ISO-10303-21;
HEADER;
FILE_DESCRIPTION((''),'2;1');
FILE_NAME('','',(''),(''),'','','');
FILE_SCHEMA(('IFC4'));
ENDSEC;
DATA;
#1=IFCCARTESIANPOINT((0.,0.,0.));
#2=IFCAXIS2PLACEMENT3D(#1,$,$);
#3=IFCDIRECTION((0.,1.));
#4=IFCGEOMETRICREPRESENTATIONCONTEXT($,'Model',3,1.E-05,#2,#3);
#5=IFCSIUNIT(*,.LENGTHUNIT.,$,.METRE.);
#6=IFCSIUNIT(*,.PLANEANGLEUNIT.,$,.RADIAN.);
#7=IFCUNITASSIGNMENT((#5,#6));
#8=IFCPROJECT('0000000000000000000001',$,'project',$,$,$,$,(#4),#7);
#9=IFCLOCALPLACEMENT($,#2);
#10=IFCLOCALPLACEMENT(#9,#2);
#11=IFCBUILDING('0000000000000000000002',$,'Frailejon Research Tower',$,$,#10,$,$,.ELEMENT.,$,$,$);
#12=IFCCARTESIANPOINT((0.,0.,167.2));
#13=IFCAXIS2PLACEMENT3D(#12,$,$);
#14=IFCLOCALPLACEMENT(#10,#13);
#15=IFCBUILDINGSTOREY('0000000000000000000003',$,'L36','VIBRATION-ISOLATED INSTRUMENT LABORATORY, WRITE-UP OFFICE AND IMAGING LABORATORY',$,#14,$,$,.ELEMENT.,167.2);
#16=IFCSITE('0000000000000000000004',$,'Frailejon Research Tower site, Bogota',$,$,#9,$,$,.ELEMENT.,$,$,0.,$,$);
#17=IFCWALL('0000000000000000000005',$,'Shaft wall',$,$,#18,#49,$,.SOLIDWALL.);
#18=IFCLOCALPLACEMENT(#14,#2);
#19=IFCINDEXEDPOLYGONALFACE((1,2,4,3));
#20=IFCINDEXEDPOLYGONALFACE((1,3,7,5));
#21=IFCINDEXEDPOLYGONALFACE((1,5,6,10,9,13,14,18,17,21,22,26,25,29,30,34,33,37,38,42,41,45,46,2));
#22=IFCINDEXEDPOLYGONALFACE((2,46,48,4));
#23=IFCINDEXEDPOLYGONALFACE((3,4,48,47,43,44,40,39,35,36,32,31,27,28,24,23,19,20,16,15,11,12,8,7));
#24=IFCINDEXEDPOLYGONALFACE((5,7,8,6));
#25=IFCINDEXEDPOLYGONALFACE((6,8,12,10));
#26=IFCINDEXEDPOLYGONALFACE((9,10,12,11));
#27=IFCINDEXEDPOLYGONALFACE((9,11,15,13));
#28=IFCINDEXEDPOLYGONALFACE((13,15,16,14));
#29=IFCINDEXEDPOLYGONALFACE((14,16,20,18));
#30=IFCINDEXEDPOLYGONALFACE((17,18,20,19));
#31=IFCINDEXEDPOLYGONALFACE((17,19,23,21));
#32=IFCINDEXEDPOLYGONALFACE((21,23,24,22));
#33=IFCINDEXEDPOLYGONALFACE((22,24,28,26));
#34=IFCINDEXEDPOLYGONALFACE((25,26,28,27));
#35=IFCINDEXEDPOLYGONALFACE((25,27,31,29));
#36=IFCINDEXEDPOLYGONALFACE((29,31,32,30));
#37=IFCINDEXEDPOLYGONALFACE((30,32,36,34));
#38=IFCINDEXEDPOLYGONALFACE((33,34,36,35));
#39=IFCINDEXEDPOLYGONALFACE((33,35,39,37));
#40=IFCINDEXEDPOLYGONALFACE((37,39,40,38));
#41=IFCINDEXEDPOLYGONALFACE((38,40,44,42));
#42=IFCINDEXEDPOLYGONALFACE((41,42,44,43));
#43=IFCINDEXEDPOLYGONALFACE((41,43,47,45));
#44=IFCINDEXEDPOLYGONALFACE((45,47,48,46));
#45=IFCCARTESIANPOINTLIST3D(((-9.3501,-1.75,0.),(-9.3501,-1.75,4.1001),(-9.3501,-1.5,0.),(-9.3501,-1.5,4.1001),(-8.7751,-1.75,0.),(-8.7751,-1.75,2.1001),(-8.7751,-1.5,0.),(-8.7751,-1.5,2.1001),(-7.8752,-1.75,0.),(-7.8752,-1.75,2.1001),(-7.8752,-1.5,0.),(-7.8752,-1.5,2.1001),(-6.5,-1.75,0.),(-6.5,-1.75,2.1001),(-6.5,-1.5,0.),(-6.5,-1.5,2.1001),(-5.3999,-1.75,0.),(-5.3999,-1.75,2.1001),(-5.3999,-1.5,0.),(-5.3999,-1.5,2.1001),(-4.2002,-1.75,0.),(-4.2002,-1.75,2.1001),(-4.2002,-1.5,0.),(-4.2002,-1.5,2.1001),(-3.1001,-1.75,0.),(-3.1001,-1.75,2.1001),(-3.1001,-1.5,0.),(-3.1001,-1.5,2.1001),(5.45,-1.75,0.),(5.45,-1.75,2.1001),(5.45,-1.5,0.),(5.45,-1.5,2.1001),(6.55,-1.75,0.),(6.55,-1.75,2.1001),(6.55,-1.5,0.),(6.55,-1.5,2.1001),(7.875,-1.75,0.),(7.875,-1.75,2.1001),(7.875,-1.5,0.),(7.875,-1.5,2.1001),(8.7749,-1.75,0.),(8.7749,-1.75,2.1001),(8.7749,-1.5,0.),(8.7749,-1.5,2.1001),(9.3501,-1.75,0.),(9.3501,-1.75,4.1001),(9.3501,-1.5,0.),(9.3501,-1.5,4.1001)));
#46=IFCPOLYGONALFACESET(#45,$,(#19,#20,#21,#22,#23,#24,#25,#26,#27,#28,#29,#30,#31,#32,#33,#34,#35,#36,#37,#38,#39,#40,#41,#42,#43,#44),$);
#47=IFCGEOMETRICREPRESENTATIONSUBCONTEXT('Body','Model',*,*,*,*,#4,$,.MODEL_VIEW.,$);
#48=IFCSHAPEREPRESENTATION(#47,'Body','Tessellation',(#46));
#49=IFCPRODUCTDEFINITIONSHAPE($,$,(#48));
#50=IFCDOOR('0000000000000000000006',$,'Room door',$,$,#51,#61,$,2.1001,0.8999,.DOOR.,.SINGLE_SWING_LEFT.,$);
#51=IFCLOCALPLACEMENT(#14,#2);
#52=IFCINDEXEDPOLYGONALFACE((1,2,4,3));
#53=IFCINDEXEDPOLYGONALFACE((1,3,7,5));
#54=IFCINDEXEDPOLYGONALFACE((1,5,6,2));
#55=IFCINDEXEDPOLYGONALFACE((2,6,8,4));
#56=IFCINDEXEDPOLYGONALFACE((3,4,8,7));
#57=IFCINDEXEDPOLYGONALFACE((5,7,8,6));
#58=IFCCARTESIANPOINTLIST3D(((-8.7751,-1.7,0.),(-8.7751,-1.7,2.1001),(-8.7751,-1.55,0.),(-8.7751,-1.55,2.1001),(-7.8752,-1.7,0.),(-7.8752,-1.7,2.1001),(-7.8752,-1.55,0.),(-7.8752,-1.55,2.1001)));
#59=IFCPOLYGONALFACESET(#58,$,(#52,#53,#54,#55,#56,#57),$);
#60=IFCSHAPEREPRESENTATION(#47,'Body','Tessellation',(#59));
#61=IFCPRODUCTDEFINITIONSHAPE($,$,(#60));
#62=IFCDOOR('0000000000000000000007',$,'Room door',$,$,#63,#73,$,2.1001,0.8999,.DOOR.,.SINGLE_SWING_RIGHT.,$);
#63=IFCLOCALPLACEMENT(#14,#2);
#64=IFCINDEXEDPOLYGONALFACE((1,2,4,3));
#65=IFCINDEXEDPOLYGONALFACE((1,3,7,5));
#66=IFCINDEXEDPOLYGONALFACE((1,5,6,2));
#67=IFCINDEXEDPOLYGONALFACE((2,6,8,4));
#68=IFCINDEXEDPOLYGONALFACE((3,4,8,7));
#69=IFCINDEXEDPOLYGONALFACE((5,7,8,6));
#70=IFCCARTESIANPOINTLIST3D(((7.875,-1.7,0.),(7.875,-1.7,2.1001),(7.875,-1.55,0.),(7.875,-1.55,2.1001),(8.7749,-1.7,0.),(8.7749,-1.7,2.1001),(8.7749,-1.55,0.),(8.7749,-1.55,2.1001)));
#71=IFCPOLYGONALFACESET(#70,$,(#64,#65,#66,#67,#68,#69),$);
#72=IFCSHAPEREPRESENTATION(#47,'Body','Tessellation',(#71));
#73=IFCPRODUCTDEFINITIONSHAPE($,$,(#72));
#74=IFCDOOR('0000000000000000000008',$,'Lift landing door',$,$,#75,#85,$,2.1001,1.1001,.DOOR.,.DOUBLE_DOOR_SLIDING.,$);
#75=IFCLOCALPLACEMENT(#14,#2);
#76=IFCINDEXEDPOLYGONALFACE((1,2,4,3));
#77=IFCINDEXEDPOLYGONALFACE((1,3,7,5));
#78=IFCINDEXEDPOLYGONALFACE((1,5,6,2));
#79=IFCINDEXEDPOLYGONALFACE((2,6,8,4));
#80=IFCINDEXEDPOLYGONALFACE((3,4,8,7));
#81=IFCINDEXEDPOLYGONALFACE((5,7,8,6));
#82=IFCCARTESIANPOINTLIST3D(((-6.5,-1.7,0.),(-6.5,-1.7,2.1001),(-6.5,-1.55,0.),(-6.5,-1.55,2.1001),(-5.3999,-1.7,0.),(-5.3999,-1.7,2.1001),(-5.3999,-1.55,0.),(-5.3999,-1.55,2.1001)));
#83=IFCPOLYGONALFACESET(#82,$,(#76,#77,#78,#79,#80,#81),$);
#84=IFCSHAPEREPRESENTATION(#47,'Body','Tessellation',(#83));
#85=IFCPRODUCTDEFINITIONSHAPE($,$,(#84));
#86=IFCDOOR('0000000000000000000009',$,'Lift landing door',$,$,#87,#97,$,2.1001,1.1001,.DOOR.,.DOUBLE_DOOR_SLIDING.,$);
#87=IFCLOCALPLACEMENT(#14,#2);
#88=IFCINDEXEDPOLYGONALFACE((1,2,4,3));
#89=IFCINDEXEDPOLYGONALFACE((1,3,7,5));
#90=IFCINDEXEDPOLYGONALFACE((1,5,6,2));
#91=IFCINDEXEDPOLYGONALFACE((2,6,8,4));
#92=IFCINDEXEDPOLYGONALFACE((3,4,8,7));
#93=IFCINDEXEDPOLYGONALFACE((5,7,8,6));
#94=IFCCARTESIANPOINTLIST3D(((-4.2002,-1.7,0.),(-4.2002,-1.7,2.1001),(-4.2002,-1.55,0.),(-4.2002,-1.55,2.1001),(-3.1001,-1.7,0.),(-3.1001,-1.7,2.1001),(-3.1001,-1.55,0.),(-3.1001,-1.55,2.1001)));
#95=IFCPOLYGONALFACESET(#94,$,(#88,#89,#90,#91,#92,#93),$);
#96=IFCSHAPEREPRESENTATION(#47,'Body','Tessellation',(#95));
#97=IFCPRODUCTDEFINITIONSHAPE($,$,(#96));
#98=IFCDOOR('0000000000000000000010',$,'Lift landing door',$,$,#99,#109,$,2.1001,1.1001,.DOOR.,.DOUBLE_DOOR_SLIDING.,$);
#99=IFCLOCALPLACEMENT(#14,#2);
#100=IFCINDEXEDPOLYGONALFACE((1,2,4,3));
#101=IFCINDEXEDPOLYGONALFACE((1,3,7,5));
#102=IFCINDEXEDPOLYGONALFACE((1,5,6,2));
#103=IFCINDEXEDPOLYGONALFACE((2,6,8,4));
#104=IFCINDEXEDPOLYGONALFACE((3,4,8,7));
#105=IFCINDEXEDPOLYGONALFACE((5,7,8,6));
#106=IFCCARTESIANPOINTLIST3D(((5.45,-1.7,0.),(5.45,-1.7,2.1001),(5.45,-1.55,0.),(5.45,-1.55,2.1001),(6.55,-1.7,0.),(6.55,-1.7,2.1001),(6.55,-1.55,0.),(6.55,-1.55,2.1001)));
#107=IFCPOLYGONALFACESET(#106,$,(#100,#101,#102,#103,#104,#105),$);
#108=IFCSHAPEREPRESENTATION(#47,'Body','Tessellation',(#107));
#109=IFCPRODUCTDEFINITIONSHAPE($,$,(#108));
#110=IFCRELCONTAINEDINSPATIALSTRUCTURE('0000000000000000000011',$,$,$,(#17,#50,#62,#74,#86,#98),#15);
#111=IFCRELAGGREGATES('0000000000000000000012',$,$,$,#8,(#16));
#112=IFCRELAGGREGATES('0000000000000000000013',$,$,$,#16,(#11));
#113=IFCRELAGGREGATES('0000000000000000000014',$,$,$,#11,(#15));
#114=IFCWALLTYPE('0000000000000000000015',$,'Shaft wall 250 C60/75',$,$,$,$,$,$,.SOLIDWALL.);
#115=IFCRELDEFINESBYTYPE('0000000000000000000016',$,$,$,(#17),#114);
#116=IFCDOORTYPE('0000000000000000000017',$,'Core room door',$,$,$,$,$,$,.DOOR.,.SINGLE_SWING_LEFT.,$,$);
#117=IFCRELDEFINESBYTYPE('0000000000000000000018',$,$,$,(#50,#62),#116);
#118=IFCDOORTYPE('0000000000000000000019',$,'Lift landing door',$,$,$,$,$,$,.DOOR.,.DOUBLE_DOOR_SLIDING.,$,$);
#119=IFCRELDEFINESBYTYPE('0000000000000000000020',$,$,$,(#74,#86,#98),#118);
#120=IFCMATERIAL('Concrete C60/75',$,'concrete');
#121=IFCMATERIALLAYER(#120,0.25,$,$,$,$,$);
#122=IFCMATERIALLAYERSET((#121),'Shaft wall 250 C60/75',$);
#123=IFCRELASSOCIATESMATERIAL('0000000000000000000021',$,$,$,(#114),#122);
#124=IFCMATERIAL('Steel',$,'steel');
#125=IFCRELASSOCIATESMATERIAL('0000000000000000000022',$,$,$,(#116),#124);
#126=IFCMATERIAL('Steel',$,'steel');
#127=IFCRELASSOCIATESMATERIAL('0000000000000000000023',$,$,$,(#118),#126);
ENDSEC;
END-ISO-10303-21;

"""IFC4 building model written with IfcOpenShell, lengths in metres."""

from ifc_helpers import new_model, si_unit, direction, frame, frame_2d, origin, place, context, subcontext, project, spatial, rectangle, extrude, material, layer, layer_set, type_object, element, fill, save


model = new_model("IFC4")

# Units and contexts
model_context = context("Model", 3, precision=1e-05, world=origin(), true_north=direction((0.0, 1.0)))
body_context = subcontext(model_context, "Body", "Model", "MODEL_VIEW")
ifc_project = project(units=[si_unit("LENGTHUNIT", "METRE"), si_unit("PLANEANGLEUNIT", "RADIAN")], contexts=[model_context])

# Site, building, storey
site_placement = place(None, origin())
site = spatial("IfcSite", under=ifc_project, at=site_placement, Name="Frailejon Research Tower site, Bogota", CompositionType="ELEMENT", RefElevation=0.0)
building_placement = place(site_placement, origin())
building = spatial("IfcBuilding", under=site, at=building_placement, Name="Frailejon Research Tower", CompositionType="ELEMENT")
storey_placement = place(building_placement, frame((0.0, 0.0, 167.2)))
storey = spatial("IfcBuildingStorey", under=building, at=storey_placement, Name="L36", Description="VIBRATION-ISOLATED INSTRUMENT LABORATORY, WRITE-UP OFFICE AND IMAGING LABORATORY", CompositionType="ELEMENT", Elevation=167.2)

# Shared definitions
ifc_material_1 = material(Name="Concrete C60/75", Category="concrete")
ifc_layer_1 = layer(ifc_material_1, 0.25)
ifc_layer_set_1 = layer_set([ifc_layer_1], Name="Shaft wall 250 C60/75")
wall_type_1 = type_object("IfcWallType", Name="Shaft wall 250 C60/75", PredefinedType="SOLIDWALL", material=ifc_layer_set_1)
ifc_material_2 = material(Name="Steel", Category="steel")
door_type_1 = type_object("IfcDoorType", Name="Core room door", OperationType="SINGLE_SWING_LEFT", PredefinedType="DOOR", material=ifc_material_2)

# Wall, openings, doors
wall_1_placement = place(storey_placement, frame((-9.3501, -1.625, 0.0), z_axis=(0.0, 0.0, 1.0), x_axis=(1.0, 0.0, 0.0)))
wall_1 = element("IfcWall", 1, at=wall_1_placement, inside=storey, type_object=wall_type_1, Name="Shaft wall", PredefinedType="SOLIDWALL", context=body_context, shape_type="SweptSolid", body=[
    extrude(rectangle(XDim=18.7002, YDim=0.25, at=frame_2d((9.3501, 0.0))), origin(), (0.0, 0.0, 1.0), 4.1001),
])
opening_1_placement = place(wall_1_placement, frame((2.8501, 0.0, 0.0)))
opening_1 = element("IfcOpeningElement", 2, at=opening_1_placement, cuts=wall_1, PredefinedType="OPENING", context=body_context, shape_type="SweptSolid", body=[
    extrude(rectangle(XDim=1.1001, YDim=2.1001, at=frame_2d((0.55, 1.05))), frame((0.0, 0.135, 0.0), z_axis=(0.0, -1.0, 0.0), x_axis=(1.0, 0.0, 0.0)), (0.0, 0.0, 1.0), 0.27),
])
opening_2_placement = place(wall_1_placement, frame((5.1499, 0.0, 0.0)))
opening_2 = element("IfcOpeningElement", 3, at=opening_2_placement, cuts=wall_1, PredefinedType="OPENING", context=body_context, shape_type="SweptSolid", body=[
    extrude(rectangle(XDim=1.1001, YDim=2.1001, at=frame_2d((0.55, 1.05))), frame((0.0, 0.135, 0.0), z_axis=(0.0, -1.0, 0.0), x_axis=(1.0, 0.0, 0.0)), (0.0, 0.0, 1.0), 0.27),
])
opening_3_placement = place(wall_1_placement, frame((14.8, 0.0, 0.0)))
opening_3 = element("IfcOpeningElement", 4, at=opening_3_placement, cuts=wall_1, PredefinedType="OPENING", context=body_context, shape_type="SweptSolid", body=[
    extrude(rectangle(XDim=1.1001, YDim=2.1001, at=frame_2d((0.55, 1.05))), frame((0.0, 0.135, 0.0), z_axis=(0.0, -1.0, 0.0), x_axis=(1.0, 0.0, 0.0)), (0.0, 0.0, 1.0), 0.27),
])
opening_4_placement = place(wall_1_placement, frame((0.575, 0.0, 0.0)))
opening_4 = element("IfcOpeningElement", 5, at=opening_4_placement, cuts=wall_1, PredefinedType="OPENING", context=body_context, shape_type="SweptSolid", body=[
    extrude(rectangle(XDim=0.8999, YDim=2.1001, at=frame_2d((0.45, 1.05))), frame((0.0, 0.135, 0.0), z_axis=(0.0, -1.0, 0.0), x_axis=(1.0, 0.0, 0.0)), (0.0, 0.0, 1.0), 0.27),
])
opening_5_placement = place(wall_1_placement, frame((17.2251, 0.0, 0.0)))
opening_5 = element("IfcOpeningElement", 6, at=opening_5_placement, cuts=wall_1, PredefinedType="OPENING", context=body_context, shape_type="SweptSolid", body=[
    extrude(rectangle(XDim=0.8999, YDim=2.1001, at=frame_2d((0.45, 1.05))), frame((0.0, 0.135, 0.0), z_axis=(0.0, -1.0, 0.0), x_axis=(1.0, 0.0, 0.0)), (0.0, 0.0, 1.0), 0.27),
])
door_1_placement = place(opening_4_placement, origin())
door_1 = element("IfcDoor", 7, at=door_1_placement, inside=storey, type_object=door_type_1, Name="Room door", OperationType="SINGLE_SWING_LEFT", OverallHeight=2.1001, OverallWidth=0.8999, PredefinedType="DOOR", context=body_context, shape_type="SweptSolid", body=[
    extrude(rectangle(XDim=0.8999, YDim=2.1001, at=frame_2d((0.45, 1.05))), frame((0.0, 0.075, 0.0), z_axis=(0.0, -1.0, 0.0), x_axis=(1.0, 0.0, 0.0)), (0.0, 0.0, 1.0), 0.1499),
])
fill(opening_4, door_1)
door_2_placement = place(opening_5_placement, origin())
door_2 = element("IfcDoor", 8, at=door_2_placement, inside=storey, type_object=door_type_1, Name="Room door", OperationType="SINGLE_SWING_RIGHT", OverallHeight=2.1001, OverallWidth=0.8999, PredefinedType="DOOR", context=body_context, shape_type="SweptSolid", body=[
    extrude(rectangle(XDim=0.8999, YDim=2.1001, at=frame_2d((0.45, 1.05))), frame((0.0, 0.075, 0.0), z_axis=(0.0, -1.0, 0.0), x_axis=(1.0, 0.0, 0.0)), (0.0, 0.0, 1.0), 0.1499),
])
fill(opening_5, door_2)
ifc_material_3 = material(Name="Steel", Category="steel")
door_type_2 = type_object("IfcDoorType", Name="Lift landing door", OperationType="DOUBLE_DOOR_SLIDING", PredefinedType="DOOR", material=ifc_material_3)
door_3_placement = place(opening_1_placement, origin())
door_3 = element("IfcDoor", 9, at=door_3_placement, inside=storey, type_object=door_type_2, Name="Lift landing door", OperationType="DOUBLE_DOOR_SLIDING", OverallHeight=2.1001, OverallWidth=1.1001, PredefinedType="DOOR", context=body_context, shape_type="SweptSolid", body=[
    extrude(rectangle(XDim=1.1001, YDim=2.1001, at=frame_2d((0.55, 1.05))), frame((0.0, 0.075, 0.0), z_axis=(0.0, -1.0, 0.0), x_axis=(1.0, 0.0, 0.0)), (0.0, 0.0, 1.0), 0.1499),
])
fill(opening_1, door_3)
door_4_placement = place(opening_2_placement, origin())
door_4 = element("IfcDoor", 10, at=door_4_placement, inside=storey, type_object=door_type_2, Name="Lift landing door", OperationType="DOUBLE_DOOR_SLIDING", OverallHeight=2.1001, OverallWidth=1.1001, PredefinedType="DOOR", context=body_context, shape_type="SweptSolid", body=[
    extrude(rectangle(XDim=1.1001, YDim=2.1001, at=frame_2d((0.55, 1.05))), frame((0.0, 0.075, 0.0), z_axis=(0.0, -1.0, 0.0), x_axis=(1.0, 0.0, 0.0)), (0.0, 0.0, 1.0), 0.1499),
])
fill(opening_2, door_4)
door_5_placement = place(opening_3_placement, origin())
door_5 = element("IfcDoor", 11, at=door_5_placement, inside=storey, type_object=door_type_2, Name="Lift landing door", OperationType="DOUBLE_DOOR_SLIDING", OverallHeight=2.1001, OverallWidth=1.1001, PredefinedType="DOOR", context=body_context, shape_type="SweptSolid", body=[
    extrude(rectangle(XDim=1.1001, YDim=2.1001, at=frame_2d((0.55, 1.05))), frame((0.0, 0.075, 0.0), z_axis=(0.0, -1.0, 0.0), x_axis=(1.0, 0.0, 0.0)), (0.0, 0.0, 1.0), 0.1499),
])
fill(opening_3, door_5)

save(model, "model.ifc")
